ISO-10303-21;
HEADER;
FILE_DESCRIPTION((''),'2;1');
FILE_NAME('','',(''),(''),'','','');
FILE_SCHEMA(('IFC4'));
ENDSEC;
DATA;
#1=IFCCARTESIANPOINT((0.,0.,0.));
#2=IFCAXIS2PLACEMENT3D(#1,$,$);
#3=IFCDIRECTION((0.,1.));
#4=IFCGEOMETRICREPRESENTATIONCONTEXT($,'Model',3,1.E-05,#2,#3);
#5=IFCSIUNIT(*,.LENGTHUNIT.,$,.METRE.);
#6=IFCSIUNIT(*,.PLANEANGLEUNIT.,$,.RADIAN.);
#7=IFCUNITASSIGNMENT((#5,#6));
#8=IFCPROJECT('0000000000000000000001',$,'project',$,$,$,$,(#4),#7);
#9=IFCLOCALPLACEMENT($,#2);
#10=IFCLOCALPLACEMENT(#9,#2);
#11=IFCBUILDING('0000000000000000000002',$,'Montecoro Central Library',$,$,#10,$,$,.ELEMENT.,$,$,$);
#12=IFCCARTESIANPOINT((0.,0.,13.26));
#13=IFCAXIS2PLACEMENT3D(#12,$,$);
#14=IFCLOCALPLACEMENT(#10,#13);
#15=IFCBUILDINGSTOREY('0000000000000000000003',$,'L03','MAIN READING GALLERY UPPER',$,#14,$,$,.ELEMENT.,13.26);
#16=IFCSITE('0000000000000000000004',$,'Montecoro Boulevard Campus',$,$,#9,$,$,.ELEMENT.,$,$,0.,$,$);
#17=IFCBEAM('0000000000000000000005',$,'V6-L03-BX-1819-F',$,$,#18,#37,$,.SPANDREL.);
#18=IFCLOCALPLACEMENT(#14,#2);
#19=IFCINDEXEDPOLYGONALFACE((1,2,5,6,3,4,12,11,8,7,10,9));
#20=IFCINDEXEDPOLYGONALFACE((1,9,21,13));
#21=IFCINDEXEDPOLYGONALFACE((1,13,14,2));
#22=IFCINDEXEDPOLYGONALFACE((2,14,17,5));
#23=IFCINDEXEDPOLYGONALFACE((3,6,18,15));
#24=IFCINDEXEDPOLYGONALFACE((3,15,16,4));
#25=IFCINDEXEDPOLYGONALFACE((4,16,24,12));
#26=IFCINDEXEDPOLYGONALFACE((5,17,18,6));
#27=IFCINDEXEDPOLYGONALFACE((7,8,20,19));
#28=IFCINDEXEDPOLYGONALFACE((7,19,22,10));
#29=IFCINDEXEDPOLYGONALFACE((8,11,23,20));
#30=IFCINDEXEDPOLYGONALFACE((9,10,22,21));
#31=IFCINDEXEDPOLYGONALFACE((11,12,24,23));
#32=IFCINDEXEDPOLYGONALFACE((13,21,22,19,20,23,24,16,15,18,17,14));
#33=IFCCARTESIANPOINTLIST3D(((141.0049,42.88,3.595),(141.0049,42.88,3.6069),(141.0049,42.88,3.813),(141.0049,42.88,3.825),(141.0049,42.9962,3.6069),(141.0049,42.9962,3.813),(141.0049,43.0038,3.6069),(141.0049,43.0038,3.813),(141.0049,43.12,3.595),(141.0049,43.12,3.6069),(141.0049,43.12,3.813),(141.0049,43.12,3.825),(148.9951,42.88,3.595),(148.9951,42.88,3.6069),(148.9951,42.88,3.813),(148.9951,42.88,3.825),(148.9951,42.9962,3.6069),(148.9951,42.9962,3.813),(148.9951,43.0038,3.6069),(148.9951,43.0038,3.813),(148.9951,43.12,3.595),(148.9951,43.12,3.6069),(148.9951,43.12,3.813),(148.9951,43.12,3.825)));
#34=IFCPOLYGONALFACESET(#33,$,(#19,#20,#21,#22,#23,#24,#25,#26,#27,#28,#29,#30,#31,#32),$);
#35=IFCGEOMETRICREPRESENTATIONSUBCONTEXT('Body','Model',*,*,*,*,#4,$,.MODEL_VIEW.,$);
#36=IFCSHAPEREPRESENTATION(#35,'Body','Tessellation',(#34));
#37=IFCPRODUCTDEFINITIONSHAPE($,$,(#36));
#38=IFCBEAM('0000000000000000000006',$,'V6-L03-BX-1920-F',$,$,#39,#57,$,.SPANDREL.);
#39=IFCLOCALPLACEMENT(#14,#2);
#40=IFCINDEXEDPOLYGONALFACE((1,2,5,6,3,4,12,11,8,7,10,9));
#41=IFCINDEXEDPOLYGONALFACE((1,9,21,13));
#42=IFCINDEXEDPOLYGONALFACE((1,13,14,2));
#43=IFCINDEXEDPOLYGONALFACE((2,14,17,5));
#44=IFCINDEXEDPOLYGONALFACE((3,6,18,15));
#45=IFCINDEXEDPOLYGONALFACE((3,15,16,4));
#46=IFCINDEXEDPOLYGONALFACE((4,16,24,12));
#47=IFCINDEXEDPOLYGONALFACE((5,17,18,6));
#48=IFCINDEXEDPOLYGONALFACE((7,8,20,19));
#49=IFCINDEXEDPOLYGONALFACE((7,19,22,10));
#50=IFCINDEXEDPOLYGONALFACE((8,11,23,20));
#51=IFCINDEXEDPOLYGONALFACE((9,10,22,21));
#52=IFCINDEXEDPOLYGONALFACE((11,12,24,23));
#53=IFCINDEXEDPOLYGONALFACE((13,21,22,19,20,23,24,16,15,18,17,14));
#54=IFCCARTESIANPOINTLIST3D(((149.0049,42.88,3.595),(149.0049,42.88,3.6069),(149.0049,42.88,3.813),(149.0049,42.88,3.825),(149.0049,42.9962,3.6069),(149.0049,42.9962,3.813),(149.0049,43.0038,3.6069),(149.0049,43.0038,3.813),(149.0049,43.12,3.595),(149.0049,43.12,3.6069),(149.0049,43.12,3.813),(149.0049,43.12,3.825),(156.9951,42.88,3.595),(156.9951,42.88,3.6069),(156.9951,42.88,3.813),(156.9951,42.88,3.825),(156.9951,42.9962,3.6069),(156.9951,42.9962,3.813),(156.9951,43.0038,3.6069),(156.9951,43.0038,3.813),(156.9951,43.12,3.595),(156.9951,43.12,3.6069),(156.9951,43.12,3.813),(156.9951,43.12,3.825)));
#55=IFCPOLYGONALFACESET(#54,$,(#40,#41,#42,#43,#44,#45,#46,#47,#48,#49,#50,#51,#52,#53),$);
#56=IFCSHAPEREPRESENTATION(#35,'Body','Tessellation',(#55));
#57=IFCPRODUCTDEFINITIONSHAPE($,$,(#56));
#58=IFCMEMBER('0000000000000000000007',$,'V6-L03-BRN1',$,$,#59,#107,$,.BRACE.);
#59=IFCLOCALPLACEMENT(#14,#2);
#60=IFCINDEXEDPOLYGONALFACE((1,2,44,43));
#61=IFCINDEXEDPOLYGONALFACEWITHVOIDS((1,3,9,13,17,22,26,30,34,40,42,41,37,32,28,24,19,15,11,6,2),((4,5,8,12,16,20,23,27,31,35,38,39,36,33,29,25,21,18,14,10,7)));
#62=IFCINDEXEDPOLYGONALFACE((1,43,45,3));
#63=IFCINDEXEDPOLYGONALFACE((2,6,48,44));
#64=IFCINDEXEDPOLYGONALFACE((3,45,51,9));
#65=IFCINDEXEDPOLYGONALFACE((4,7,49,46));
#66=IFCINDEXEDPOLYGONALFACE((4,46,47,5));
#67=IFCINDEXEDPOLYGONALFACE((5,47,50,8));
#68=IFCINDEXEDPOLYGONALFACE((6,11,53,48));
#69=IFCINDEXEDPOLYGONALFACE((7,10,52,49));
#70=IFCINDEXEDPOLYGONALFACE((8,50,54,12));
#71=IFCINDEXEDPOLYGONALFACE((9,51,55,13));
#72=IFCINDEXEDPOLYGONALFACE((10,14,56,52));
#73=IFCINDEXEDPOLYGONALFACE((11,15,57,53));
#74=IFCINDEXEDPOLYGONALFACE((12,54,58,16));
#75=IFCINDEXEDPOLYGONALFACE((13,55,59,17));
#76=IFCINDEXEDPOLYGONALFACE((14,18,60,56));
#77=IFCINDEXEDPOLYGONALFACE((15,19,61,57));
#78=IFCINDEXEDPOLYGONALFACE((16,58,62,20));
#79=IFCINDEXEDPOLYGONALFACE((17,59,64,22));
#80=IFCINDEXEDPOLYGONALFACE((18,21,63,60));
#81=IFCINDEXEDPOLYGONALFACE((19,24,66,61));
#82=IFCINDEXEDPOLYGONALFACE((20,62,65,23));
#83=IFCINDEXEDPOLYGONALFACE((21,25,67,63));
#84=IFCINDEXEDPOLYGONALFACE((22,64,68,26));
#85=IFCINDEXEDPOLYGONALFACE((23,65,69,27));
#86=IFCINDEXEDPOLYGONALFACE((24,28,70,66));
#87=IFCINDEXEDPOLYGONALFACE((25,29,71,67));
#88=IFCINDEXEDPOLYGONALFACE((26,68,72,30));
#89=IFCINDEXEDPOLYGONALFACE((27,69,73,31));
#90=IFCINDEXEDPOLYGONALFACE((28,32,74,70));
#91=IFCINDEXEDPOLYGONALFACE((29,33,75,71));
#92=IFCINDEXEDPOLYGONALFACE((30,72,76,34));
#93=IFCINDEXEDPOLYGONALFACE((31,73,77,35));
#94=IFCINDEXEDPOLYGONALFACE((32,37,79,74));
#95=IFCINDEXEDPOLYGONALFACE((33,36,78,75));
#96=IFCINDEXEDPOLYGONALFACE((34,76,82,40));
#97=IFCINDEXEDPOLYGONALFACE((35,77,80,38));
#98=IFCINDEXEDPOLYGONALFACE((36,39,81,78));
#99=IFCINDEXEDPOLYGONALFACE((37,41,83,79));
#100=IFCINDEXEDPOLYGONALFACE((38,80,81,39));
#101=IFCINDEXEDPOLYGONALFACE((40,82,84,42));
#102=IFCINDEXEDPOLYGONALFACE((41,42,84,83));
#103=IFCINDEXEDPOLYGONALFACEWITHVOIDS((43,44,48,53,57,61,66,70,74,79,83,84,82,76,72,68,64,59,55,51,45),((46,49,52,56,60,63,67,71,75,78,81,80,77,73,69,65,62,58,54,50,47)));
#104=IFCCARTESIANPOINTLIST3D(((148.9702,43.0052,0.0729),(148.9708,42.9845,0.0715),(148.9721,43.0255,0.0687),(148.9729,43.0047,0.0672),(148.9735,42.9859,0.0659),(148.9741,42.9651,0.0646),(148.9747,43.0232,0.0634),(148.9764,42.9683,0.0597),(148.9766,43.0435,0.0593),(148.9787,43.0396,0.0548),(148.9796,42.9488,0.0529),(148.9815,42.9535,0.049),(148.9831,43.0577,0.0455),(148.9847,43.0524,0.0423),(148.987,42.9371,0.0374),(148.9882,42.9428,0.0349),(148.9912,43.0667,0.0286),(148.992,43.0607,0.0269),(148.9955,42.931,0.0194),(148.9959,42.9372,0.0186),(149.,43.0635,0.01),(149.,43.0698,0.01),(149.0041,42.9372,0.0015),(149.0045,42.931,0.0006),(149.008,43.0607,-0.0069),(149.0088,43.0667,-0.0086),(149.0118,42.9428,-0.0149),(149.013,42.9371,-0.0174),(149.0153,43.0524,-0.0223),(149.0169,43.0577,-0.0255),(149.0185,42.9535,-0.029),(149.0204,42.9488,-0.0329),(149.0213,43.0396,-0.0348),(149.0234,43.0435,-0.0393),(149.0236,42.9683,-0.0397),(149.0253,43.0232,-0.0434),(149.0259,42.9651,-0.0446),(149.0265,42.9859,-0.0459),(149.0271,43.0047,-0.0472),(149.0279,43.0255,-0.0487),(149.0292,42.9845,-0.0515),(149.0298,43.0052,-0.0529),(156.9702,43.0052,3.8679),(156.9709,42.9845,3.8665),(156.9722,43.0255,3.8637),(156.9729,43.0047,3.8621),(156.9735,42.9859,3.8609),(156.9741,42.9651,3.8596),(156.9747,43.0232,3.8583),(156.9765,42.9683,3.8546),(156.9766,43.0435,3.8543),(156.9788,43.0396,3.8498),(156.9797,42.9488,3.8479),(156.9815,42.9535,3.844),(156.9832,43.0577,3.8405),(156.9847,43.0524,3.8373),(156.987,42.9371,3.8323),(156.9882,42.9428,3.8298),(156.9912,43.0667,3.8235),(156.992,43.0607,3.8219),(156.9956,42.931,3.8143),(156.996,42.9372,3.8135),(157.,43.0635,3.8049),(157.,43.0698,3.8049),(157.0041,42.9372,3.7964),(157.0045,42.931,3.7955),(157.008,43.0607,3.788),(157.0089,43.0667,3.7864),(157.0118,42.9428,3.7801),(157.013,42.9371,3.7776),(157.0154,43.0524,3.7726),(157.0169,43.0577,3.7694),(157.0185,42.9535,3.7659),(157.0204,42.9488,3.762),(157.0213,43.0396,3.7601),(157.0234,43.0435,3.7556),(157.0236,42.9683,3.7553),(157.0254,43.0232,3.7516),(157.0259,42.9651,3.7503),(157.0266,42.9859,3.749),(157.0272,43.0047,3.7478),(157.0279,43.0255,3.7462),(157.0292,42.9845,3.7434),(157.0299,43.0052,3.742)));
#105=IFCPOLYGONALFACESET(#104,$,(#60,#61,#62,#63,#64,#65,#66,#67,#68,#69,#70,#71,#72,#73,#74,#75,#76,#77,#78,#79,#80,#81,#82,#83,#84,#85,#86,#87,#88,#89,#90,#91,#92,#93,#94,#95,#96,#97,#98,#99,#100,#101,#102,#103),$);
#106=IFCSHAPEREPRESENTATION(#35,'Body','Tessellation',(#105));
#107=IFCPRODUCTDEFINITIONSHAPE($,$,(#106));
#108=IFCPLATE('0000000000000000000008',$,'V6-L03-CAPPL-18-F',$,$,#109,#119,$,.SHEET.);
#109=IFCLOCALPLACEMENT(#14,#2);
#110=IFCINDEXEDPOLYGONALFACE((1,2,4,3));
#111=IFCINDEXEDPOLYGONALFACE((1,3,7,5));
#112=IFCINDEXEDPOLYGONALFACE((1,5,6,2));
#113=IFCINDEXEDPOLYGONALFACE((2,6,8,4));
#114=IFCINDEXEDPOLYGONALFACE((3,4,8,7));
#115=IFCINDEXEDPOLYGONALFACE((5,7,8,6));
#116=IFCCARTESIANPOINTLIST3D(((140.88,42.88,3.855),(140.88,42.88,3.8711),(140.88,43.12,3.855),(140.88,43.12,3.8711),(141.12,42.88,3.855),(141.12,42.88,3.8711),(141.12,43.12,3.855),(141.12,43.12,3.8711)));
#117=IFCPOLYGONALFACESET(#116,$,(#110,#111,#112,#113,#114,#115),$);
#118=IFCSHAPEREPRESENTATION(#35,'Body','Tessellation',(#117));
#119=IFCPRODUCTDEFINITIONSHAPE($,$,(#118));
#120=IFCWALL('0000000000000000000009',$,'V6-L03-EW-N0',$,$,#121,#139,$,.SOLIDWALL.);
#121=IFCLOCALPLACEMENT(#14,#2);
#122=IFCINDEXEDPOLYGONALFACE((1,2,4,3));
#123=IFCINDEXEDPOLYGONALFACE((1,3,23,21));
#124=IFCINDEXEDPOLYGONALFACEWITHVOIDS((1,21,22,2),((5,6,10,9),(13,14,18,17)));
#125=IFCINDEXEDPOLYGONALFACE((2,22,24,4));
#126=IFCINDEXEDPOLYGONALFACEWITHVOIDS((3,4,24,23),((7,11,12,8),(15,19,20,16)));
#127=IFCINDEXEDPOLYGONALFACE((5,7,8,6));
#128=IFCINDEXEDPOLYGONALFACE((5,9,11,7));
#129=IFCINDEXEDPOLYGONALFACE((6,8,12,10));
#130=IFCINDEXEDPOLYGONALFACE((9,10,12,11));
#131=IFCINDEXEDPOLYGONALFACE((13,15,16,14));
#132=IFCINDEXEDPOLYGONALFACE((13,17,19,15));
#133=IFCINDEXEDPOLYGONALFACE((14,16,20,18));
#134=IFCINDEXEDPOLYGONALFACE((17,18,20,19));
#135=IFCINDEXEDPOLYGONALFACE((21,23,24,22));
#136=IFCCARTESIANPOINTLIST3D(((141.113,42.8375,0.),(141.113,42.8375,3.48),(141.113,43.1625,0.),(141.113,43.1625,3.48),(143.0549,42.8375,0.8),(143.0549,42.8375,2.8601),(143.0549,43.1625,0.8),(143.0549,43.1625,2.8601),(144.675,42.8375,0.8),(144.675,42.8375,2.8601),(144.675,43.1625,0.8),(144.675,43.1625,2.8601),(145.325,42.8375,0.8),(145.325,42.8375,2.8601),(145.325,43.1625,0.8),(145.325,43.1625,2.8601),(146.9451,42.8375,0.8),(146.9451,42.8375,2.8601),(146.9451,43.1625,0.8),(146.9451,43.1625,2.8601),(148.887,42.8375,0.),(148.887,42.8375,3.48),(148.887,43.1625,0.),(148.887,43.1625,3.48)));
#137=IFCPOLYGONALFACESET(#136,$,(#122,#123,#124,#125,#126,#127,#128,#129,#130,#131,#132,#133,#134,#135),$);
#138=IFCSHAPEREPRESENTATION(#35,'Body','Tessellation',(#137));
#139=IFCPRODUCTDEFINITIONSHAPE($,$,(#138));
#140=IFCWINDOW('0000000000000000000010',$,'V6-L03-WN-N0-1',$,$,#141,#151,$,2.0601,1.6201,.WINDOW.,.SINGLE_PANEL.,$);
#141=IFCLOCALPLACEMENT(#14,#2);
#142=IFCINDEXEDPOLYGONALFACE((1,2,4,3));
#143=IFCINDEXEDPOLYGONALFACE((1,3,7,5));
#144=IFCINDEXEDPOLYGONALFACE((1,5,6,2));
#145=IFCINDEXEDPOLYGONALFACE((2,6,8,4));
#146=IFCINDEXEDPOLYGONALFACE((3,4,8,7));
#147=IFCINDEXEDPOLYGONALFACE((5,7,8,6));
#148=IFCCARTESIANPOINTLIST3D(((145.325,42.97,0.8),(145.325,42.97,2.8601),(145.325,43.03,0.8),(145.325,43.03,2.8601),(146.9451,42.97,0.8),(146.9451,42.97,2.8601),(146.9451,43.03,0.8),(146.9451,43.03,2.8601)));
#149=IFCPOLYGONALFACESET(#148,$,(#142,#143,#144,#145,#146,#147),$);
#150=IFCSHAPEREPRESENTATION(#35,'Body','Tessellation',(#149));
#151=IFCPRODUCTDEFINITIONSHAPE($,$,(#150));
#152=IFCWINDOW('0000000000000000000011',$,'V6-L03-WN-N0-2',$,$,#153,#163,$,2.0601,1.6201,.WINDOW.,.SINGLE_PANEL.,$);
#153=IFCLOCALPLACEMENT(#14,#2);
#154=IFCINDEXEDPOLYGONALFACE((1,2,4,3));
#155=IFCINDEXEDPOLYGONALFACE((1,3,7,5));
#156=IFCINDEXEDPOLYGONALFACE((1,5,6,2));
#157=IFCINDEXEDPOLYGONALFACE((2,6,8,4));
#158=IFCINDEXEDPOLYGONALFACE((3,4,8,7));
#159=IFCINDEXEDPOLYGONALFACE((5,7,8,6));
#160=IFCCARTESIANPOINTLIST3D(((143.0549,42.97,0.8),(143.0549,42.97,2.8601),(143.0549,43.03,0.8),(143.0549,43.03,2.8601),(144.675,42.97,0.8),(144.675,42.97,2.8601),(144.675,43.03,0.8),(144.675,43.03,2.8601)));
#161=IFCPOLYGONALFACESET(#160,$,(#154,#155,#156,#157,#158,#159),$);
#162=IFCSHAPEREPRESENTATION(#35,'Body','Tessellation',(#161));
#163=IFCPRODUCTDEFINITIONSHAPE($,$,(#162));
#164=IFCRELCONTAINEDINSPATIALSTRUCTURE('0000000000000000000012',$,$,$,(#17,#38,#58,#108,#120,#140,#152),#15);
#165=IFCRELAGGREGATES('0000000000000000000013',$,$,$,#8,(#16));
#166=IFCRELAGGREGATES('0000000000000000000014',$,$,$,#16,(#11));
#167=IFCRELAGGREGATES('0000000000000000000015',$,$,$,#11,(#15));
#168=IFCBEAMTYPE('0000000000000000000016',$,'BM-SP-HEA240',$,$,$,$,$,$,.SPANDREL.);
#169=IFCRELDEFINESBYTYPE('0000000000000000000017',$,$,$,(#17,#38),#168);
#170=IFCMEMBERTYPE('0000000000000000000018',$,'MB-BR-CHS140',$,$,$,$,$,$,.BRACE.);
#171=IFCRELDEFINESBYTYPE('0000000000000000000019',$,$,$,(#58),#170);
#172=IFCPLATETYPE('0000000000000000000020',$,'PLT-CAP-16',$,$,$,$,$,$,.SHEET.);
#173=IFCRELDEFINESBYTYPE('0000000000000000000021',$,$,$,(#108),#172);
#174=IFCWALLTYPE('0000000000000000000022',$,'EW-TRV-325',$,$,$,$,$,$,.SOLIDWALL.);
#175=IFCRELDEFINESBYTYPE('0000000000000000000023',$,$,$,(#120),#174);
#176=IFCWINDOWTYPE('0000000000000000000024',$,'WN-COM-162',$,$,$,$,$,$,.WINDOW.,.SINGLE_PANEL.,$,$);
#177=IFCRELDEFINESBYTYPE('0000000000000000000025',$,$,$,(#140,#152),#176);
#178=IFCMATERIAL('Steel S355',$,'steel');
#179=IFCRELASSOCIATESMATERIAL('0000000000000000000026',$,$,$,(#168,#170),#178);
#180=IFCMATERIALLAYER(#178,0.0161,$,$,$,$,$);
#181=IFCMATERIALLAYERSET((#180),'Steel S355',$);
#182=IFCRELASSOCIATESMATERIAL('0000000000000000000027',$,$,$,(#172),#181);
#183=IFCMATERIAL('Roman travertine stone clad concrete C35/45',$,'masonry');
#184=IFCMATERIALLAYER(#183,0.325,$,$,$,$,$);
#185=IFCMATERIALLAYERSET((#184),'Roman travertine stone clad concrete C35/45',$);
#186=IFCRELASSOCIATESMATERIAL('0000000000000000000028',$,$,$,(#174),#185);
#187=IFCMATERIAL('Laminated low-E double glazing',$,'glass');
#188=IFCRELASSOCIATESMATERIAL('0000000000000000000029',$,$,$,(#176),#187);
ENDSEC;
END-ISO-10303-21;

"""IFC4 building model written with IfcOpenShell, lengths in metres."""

from ifc_helpers import new_model, si_unit, direction, frame, frame_2d, origin, origin_2d, place, context, subcontext, project, spatial, rectangle, hollow_circle, i_section, extrude, material, layer, layer_set, material_profile, profile_set, type_object, element, fill, save


model = new_model("IFC4")

# Units and contexts
model_context = context("Model", 3, precision=1e-05, world=origin(), true_north=direction((0.0, 1.0)))
body_context = subcontext(model_context, "Body", "Model", "MODEL_VIEW")
ifc_project = project(units=[si_unit("LENGTHUNIT", "METRE"), si_unit("PLANEANGLEUNIT", "RADIAN")], contexts=[model_context])

# Site, building, storey
site_placement = place(None, origin())
site = spatial("IfcSite", under=ifc_project, at=site_placement, Name="Montecoro Boulevard Campus", CompositionType="ELEMENT", RefElevation=0.0)
building_placement = place(site_placement, origin())
building = spatial("IfcBuilding", under=site, at=building_placement, Name="Montecoro Central Library", CompositionType="ELEMENT")
storey_placement = place(building_placement, frame((0.0, 0.0, 13.26)))
storey = spatial("IfcBuildingStorey", under=building, at=storey_placement, Name="L03", Description="MAIN READING GALLERY UPPER", CompositionType="ELEMENT", Elevation=13.26)

# Shared definitions
ifc_material_1 = material(Name="Steel S355", Category="steel")

# Beams
ifc_material_profile_1 = material_profile(ifc_material_1, i_section(OverallWidth=0.24, OverallDepth=0.23, WebThickness=0.0076, FlangeThickness=0.012, at=origin_2d()), Name="HEA 240")
ifc_profile_set_1 = profile_set([ifc_material_profile_1], Name="Steel S355")
beam_type_1 = type_object("IfcBeamType", Name="BM-SP-HEA240", PredefinedType="SPANDREL", material=ifc_profile_set_1)
for number, where, z_axis, x_axis, name in (
    (1, (141.0049, 43.0, 3.71), (1.0, 0.0, 0.0), (0.0, 1.0, 0.0), "V6-L03-BX-1819-F"),
    (2, (149.0049, 43.0, 3.71), (1.0, 0.0, 0.0), (0.0, 1.0, 0.0), "V6-L03-BX-1920-F"),
):
    element("IfcBeam", number, at=place(storey_placement, frame(where, z_axis=z_axis, x_axis=x_axis)), inside=storey, type_object=beam_type_1, Name=name, PredefinedType="SPANDREL", context=body_context, shape_type="SweptSolid", body=[
        extrude(i_section(OverallWidth=0.24, OverallDepth=0.23, WebThickness=0.0076, FlangeThickness=0.012, at=origin_2d()), origin(), (0.0, 0.0, 1.0), 7.9902),
    ])

# Member
ifc_material_profile_2 = material_profile(ifc_material_1, hollow_circle(Radius=0.0698, WallThickness=0.0063, at=origin_2d()), Name="CHS 139.7x6.3")
ifc_profile_set_2 = profile_set([ifc_material_profile_2], Name="Steel S355")
member_type = type_object("IfcMemberType", Name="MB-BR-CHS140", PredefinedType="BRACE", material=ifc_profile_set_2)
member_placement = place(storey_placement, frame((149.0, 43.0, 0.01), z_axis=(0.9035, 0.0, 0.428589), x_axis=(0.0, 1.0, 0.0)))
element("IfcMember", 3, at=member_placement, inside=storey, type_object=member_type, Name="V6-L03-BRN1", PredefinedType="BRACE", context=body_context, shape_type="SweptSolid", body=[
    extrude(hollow_circle(Radius=0.0698, WallThickness=0.0063, at=origin_2d()), origin(), (0.0, 0.0, 1.0), 8.8545),
])

# Plate
ifc_layer_1 = layer(ifc_material_1, 0.0161)
ifc_layer_set_1 = layer_set([ifc_layer_1], Name="Steel S355")
plate_type = type_object("IfcPlateType", Name="PLT-CAP-16", PredefinedType="SHEET", material=ifc_layer_set_1)
plate_placement = place(storey_placement, frame((141.0, 43.0, 3.855), z_axis=(0.0, 0.0, 1.0), x_axis=(1.0, 0.0, 0.0)))
element("IfcPlate", 4, at=plate_placement, inside=storey, type_object=plate_type, Name="V6-L03-CAPPL-18-F", PredefinedType="SHEET", context=body_context, shape_type="SweptSolid", body=[
    extrude(rectangle(XDim=0.24, YDim=0.24, at=origin_2d()), origin(), (0.0, 0.0, 1.0), 0.0161),
])

# Wall, openings, windows
ifc_material_2 = material(Name="Roman travertine stone clad concrete C35/45", Category="masonry")
ifc_layer_2 = layer(ifc_material_2, 0.325)
ifc_layer_set_2 = layer_set([ifc_layer_2], Name="Roman travertine stone clad concrete C35/45")
wall_type_1 = type_object("IfcWallType", Name="EW-TRV-325", PredefinedType="SOLIDWALL", material=ifc_layer_set_2)
wall_1_placement = place(storey_placement, frame((148.887, 43.0, 0.0), z_axis=(0.0, 0.0, 1.0), x_axis=(-1.0, 0.0, 0.0)))
wall_1 = element("IfcWall", 5, at=wall_1_placement, inside=storey, type_object=wall_type_1, Name="V6-L03-EW-N0", PredefinedType="SOLIDWALL", context=body_context, shape_type="SweptSolid", body=[
    extrude(rectangle(XDim=7.7739, YDim=0.325, at=frame_2d((3.887, 0.0))), origin(), (0.0, 0.0, 1.0), 3.48),
])
opening_1_placement = place(wall_1_placement, frame((1.9419, 0.0, 0.8)))
opening_1 = element("IfcOpeningElement", 6, at=opening_1_placement, cuts=wall_1, PredefinedType="OPENING", context=body_context, shape_type="SweptSolid", body=[
    extrude(rectangle(XDim=1.6201, YDim=2.0601, at=frame_2d((0.8101, 1.03))), frame((0.0, 0.1724, 0.0), z_axis=(0.0, -1.0, 0.0), x_axis=(1.0, 0.0, 0.0)), (0.0, 0.0, 1.0), 0.345),
])
opening_2_placement = place(wall_1_placement, frame((4.2119, 0.0, 0.8)))
opening_2 = element("IfcOpeningElement", 7, at=opening_2_placement, cuts=wall_1, PredefinedType="OPENING", context=body_context, shape_type="SweptSolid", body=[
    extrude(rectangle(XDim=1.6201, YDim=2.0601, at=frame_2d((0.8101, 1.03))), frame((0.0, 0.1724, 0.0), z_axis=(0.0, -1.0, 0.0), x_axis=(1.0, 0.0, 0.0)), (0.0, 0.0, 1.0), 0.345),
])
ifc_material_3 = material(Name="Laminated low-E double glazing", Category="glass")
window_type_1 = type_object("IfcWindowType", Name="WN-COM-162", PartitioningType="SINGLE_PANEL", PredefinedType="WINDOW", material=ifc_material_3)
window_1_placement = place(opening_1_placement, origin())
window_1 = element("IfcWindow", 8, at=window_1_placement, inside=storey, type_object=window_type_1, Name="V6-L03-WN-N0-1", OverallHeight=2.0601, OverallWidth=1.6201, PartitioningType="SINGLE_PANEL", PredefinedType="WINDOW", context=body_context, shape_type="SweptSolid", body=[
    extrude(rectangle(XDim=1.6201, YDim=2.0601, at=frame_2d((0.8101, 1.03))), frame((0.0, 0.03, 0.0), z_axis=(0.0, -1.0, 0.0), x_axis=(1.0, 0.0, 0.0)), (0.0, 0.0, 1.0), 0.0601),
])
fill(opening_1, window_1)
window_2_placement = place(opening_2_placement, origin())
window_2 = element("IfcWindow", 9, at=window_2_placement, inside=storey, type_object=window_type_1, Name="V6-L03-WN-N0-2", OverallHeight=2.0601, OverallWidth=1.6201, PartitioningType="SINGLE_PANEL", PredefinedType="WINDOW", context=body_context, shape_type="SweptSolid", body=[
    extrude(rectangle(XDim=1.6201, YDim=2.0601, at=frame_2d((0.8101, 1.03))), frame((0.0, 0.03, 0.0), z_axis=(0.0, -1.0, 0.0), x_axis=(1.0, 0.0, 0.0)), (0.0, 0.0, 1.0), 0.0601),
])
fill(opening_2, window_2)

save(model, "model.ifc")
